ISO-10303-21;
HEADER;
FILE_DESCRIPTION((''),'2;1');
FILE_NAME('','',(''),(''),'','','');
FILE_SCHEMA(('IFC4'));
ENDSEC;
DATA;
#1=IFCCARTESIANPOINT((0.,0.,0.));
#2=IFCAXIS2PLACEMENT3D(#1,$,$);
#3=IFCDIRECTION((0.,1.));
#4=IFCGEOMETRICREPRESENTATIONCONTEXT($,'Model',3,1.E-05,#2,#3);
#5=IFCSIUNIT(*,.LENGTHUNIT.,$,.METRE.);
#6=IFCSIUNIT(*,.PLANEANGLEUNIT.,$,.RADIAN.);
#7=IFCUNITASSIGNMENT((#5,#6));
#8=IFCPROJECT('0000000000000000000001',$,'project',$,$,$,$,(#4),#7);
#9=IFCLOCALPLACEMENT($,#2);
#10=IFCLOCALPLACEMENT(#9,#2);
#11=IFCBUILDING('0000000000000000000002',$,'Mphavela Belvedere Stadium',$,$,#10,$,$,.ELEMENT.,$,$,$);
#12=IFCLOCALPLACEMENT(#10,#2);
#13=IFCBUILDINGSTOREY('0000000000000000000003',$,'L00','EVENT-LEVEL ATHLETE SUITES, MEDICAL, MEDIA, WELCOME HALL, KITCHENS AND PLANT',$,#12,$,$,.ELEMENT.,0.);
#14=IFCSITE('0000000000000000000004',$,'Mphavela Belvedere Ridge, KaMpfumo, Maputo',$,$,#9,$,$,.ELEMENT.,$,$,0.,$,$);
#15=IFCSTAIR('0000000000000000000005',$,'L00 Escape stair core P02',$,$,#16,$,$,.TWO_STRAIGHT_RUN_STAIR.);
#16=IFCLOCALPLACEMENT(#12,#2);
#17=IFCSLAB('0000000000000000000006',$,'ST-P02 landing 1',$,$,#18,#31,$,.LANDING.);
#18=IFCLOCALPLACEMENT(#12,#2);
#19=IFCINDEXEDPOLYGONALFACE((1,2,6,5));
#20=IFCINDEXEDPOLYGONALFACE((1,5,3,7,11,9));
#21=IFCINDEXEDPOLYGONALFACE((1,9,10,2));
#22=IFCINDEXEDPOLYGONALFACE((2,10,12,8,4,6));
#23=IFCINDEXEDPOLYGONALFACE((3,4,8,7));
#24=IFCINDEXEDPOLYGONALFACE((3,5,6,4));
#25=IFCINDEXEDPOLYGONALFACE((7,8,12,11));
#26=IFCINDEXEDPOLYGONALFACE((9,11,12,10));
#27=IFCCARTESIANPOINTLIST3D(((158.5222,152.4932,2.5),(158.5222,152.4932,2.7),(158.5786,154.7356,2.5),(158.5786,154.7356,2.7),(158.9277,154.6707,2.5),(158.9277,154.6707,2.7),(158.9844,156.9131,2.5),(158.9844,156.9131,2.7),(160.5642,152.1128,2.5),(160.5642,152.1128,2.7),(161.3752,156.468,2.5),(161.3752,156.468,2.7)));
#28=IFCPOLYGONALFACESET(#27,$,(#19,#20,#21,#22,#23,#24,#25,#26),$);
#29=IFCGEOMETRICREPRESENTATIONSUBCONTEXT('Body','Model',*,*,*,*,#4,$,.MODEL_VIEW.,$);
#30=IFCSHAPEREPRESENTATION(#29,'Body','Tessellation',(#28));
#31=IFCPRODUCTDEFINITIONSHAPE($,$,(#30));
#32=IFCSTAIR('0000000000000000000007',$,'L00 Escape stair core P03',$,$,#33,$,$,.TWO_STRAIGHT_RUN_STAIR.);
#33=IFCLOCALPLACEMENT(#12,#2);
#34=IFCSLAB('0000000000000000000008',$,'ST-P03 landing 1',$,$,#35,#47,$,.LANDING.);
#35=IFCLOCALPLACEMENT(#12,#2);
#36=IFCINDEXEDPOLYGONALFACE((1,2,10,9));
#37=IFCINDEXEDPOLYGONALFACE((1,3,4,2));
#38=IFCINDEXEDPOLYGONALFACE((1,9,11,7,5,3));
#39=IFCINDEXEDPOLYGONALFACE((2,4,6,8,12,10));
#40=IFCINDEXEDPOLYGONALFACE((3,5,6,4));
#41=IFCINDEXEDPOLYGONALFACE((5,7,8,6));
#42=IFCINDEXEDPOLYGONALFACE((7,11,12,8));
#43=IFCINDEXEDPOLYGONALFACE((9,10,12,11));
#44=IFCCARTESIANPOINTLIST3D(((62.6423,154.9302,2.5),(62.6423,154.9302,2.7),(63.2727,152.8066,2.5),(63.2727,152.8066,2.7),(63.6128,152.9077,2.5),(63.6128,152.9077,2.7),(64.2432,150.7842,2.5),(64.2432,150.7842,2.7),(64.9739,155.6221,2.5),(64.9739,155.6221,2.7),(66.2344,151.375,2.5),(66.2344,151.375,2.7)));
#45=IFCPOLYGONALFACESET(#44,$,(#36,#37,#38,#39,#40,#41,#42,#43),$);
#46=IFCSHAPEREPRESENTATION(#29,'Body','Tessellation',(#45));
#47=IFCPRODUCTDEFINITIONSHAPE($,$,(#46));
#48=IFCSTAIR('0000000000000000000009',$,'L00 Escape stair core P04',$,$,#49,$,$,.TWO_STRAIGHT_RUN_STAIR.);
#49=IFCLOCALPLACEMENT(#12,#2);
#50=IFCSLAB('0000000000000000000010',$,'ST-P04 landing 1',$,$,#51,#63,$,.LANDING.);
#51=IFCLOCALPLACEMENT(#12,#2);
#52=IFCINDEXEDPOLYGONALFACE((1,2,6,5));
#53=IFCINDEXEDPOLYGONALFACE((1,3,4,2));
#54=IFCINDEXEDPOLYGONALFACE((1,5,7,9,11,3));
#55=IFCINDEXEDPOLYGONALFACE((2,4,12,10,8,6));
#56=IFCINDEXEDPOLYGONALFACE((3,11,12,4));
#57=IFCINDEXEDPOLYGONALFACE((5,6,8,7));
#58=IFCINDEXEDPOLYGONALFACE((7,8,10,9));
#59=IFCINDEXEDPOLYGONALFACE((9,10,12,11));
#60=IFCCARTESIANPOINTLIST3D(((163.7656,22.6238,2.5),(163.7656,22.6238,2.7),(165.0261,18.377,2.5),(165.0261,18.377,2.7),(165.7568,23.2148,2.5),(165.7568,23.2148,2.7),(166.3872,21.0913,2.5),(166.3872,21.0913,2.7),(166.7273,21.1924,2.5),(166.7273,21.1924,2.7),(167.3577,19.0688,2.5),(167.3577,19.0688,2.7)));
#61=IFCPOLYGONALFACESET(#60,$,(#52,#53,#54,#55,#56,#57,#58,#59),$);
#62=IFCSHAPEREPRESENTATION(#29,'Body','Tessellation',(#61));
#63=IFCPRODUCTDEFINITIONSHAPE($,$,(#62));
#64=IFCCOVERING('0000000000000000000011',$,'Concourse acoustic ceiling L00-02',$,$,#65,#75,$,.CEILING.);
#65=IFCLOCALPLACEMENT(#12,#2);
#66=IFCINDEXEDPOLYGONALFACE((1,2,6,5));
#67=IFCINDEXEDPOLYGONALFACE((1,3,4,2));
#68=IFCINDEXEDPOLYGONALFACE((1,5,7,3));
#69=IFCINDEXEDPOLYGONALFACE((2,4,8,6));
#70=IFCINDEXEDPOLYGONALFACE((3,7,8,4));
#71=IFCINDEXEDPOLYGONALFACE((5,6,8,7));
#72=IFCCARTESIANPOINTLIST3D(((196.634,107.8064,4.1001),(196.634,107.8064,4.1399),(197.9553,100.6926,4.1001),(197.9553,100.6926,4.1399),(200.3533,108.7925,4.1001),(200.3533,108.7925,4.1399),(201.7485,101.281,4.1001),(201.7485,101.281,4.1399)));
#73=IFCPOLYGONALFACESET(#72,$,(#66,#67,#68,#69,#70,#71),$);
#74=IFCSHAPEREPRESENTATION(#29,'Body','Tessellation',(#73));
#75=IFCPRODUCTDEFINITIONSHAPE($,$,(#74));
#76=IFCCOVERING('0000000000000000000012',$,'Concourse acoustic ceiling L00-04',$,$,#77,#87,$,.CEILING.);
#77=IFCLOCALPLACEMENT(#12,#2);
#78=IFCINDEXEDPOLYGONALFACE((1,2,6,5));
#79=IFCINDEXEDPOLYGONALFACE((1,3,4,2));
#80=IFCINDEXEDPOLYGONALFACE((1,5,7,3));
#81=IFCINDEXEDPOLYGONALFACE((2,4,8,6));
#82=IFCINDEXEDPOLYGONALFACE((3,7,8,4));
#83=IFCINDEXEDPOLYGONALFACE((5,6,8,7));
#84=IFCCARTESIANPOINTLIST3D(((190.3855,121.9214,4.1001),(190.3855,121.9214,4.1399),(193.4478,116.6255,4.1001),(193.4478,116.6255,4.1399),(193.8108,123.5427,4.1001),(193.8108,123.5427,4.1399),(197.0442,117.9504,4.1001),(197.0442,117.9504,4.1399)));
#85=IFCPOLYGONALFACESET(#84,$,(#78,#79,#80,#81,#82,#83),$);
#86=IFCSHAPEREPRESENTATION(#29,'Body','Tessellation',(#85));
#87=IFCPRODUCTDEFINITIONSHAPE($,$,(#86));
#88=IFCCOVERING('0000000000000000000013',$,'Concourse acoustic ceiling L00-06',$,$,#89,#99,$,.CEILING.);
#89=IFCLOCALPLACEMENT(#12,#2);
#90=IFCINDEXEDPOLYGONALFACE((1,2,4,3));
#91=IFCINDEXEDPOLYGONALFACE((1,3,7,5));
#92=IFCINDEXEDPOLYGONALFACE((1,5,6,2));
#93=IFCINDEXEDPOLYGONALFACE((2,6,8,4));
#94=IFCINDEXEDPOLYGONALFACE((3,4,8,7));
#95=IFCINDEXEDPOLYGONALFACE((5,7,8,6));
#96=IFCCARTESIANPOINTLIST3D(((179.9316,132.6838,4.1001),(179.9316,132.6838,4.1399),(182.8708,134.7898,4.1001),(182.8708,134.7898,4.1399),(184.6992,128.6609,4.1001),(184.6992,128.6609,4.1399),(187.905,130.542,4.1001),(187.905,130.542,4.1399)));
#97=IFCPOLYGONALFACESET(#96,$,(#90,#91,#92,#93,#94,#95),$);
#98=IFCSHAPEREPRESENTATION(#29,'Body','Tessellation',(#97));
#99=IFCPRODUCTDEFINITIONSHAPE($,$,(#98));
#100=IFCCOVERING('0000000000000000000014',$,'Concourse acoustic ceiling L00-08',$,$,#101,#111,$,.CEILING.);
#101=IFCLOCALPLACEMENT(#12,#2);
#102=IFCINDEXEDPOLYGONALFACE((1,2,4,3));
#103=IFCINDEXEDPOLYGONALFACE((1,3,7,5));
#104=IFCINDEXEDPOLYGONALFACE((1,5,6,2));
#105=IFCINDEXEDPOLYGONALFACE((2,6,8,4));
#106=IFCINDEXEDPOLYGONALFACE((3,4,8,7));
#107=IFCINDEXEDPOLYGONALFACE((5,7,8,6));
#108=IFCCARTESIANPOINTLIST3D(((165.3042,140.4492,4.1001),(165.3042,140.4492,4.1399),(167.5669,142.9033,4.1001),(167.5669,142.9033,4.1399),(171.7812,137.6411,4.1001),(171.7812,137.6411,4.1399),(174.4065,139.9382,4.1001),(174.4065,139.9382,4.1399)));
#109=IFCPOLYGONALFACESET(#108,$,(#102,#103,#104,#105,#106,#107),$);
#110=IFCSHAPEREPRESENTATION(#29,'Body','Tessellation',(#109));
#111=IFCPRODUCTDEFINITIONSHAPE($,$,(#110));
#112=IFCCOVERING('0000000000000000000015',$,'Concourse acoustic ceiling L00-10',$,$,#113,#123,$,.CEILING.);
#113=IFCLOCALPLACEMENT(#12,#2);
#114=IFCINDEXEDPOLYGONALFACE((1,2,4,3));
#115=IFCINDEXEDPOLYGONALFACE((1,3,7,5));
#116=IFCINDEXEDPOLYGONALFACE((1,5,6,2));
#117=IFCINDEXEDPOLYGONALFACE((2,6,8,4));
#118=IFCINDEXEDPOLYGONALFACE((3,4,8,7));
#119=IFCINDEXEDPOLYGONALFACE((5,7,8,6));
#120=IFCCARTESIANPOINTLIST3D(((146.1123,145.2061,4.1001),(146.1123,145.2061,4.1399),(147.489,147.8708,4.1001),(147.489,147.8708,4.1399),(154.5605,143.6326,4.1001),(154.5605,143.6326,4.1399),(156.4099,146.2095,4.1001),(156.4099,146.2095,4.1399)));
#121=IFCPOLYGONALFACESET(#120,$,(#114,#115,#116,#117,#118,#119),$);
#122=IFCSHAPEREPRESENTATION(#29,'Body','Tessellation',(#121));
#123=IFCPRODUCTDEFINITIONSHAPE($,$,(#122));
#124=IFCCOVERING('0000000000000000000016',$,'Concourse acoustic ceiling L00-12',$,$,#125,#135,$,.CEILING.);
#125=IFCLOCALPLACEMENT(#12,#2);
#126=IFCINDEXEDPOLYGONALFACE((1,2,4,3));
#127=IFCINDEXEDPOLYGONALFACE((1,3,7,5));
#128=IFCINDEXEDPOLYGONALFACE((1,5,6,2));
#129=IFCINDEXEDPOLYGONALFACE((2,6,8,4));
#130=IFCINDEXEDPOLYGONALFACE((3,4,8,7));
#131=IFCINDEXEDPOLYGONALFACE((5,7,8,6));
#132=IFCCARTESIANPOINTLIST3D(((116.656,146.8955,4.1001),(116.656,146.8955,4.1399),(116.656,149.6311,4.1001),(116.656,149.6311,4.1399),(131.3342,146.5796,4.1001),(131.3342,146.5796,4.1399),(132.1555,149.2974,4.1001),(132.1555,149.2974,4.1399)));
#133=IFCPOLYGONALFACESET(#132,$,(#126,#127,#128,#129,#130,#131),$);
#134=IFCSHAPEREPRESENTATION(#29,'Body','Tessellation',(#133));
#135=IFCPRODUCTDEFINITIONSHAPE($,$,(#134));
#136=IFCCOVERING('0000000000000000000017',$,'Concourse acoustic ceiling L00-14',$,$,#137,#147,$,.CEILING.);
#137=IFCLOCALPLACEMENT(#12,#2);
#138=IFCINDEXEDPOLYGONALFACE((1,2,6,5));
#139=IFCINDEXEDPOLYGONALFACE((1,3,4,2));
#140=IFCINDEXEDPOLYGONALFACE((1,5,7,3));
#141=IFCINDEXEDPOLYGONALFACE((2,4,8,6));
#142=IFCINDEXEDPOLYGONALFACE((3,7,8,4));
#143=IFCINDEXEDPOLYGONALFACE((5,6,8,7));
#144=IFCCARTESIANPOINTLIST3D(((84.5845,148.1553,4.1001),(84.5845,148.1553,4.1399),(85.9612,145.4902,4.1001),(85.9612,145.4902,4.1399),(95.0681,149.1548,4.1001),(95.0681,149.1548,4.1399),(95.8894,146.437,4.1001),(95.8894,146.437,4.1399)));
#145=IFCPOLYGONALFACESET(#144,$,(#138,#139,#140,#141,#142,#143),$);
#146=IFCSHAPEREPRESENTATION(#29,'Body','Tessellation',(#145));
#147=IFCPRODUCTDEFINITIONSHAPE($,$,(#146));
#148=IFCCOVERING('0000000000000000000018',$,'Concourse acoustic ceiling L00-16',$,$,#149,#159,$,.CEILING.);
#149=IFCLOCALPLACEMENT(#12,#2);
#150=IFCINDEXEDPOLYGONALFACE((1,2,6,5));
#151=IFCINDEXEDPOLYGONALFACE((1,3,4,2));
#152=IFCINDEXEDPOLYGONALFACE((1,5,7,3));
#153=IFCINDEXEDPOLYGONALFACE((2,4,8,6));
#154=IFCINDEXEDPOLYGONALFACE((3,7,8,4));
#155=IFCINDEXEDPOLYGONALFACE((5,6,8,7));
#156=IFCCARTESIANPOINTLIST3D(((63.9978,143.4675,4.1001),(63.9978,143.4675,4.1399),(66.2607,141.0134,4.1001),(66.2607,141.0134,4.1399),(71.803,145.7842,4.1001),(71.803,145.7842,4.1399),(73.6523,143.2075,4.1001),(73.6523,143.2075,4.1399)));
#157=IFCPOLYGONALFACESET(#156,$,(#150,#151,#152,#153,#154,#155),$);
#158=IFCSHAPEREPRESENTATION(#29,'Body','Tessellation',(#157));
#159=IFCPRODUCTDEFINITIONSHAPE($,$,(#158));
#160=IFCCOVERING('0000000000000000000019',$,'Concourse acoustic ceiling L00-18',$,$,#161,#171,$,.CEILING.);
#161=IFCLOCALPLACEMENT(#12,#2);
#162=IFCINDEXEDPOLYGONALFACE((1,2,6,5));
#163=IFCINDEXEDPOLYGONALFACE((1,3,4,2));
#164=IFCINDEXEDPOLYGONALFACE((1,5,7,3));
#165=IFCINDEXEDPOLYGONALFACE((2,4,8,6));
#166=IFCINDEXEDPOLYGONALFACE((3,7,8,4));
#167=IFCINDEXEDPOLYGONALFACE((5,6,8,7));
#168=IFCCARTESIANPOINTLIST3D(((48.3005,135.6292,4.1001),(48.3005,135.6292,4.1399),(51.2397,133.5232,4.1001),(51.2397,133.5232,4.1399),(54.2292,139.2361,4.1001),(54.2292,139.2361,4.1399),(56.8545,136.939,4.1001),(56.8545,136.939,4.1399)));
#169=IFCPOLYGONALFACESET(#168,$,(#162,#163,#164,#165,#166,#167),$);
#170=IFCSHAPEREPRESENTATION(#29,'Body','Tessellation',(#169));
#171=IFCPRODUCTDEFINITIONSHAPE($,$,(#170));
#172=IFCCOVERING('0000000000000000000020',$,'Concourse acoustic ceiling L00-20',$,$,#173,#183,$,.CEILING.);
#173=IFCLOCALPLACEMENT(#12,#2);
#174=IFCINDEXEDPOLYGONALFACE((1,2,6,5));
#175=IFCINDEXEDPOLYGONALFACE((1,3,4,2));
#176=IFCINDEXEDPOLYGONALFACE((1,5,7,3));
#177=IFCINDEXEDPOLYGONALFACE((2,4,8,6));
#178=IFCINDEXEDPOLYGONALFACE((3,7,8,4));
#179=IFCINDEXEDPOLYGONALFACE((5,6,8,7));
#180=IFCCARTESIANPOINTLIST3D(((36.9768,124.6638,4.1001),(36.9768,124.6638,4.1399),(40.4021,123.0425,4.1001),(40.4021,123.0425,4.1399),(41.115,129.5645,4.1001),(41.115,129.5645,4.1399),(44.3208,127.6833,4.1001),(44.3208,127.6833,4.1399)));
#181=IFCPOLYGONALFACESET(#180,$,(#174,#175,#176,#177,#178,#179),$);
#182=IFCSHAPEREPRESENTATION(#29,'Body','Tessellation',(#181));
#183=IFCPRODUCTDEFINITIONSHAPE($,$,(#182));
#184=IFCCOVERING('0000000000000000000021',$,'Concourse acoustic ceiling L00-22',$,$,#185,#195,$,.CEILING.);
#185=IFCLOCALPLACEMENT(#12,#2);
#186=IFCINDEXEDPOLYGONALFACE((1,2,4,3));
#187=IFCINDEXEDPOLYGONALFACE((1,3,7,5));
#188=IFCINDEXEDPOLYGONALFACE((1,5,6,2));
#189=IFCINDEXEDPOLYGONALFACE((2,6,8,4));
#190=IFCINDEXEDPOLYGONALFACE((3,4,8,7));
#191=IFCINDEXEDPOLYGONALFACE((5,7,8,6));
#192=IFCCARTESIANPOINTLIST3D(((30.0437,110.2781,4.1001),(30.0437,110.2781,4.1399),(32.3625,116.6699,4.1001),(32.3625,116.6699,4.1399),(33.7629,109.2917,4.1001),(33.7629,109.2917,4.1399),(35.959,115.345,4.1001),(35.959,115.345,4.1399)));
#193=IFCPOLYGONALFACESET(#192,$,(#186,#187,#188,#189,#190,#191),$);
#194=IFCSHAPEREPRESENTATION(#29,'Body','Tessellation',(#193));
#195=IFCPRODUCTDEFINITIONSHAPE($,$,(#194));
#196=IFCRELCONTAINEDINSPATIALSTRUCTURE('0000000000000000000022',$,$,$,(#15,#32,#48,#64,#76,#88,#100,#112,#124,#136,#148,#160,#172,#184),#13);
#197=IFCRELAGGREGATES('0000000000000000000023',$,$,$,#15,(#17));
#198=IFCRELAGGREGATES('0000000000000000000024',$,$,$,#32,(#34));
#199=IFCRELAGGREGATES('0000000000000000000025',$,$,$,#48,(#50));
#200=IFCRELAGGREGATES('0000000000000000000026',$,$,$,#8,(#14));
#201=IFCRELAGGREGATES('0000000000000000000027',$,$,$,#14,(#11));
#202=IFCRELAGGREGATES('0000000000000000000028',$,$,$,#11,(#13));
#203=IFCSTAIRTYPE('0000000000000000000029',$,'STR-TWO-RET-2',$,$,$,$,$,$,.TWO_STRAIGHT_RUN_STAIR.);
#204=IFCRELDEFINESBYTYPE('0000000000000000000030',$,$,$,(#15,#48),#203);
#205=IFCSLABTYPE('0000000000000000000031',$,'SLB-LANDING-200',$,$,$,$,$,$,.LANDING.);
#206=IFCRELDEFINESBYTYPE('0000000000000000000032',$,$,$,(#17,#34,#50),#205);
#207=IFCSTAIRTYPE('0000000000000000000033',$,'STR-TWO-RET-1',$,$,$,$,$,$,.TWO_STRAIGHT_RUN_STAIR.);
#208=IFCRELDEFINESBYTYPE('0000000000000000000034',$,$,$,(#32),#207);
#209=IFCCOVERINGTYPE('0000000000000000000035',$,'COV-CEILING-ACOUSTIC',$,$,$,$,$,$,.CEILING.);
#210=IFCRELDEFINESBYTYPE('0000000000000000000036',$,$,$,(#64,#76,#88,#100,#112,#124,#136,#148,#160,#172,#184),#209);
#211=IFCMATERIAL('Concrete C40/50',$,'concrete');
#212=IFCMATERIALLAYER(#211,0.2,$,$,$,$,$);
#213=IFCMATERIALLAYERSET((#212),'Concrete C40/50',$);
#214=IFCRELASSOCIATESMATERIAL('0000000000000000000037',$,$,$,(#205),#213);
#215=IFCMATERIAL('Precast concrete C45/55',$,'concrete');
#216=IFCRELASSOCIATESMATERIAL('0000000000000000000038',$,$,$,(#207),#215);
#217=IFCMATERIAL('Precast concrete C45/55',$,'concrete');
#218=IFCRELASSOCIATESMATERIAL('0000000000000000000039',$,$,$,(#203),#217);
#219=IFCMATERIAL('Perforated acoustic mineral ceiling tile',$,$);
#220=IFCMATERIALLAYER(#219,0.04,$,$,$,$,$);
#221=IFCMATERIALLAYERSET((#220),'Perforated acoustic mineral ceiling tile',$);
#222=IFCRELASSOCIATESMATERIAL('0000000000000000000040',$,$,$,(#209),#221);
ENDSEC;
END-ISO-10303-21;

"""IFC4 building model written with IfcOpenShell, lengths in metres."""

from ifc_helpers import new_model, si_unit, direction, frame, origin, place, context, subcontext, project, spatial, polyline, outline, extrude, material, layer, layer_set, type_object, element, aggregate, save


model = new_model("IFC4")

# Units and contexts
model_context = context("Model", 3, precision=1e-05, world=origin(), true_north=direction((0.0, 1.0)))
body_context = subcontext(model_context, "Body", "Model", "MODEL_VIEW")
ifc_project = project(units=[si_unit("LENGTHUNIT", "METRE"), si_unit("PLANEANGLEUNIT", "RADIAN")], contexts=[model_context])

# Site, building, storey
site_placement = place(None, origin())
site = spatial("IfcSite", under=ifc_project, at=site_placement, Name="Mphavela Belvedere Ridge, KaMpfumo, Maputo", CompositionType="ELEMENT", RefElevation=0.0)
building_placement = place(site_placement, origin())
building = spatial("IfcBuilding", under=site, at=building_placement, Name="Mphavela Belvedere Stadium", CompositionType="ELEMENT")
storey_placement = place(building_placement, origin())
storey = spatial("IfcBuildingStorey", under=building, at=storey_placement, Name="L00", Description="EVENT-LEVEL ATHLETE SUITES, MEDICAL, MEDIA, WELCOME HALL, KITCHENS AND PLANT", CompositionType="ELEMENT", Elevation=0.0)

# Stairs, slabs
ifc_material_1 = material(Name="Concrete C40/50", Category="concrete")
ifc_layer_1 = layer(ifc_material_1, 0.2)
ifc_layer_set_1 = layer_set([ifc_layer_1], Name="Concrete C40/50")
slab_type = type_object("IfcSlabType", Name="SLB-LANDING-200", PredefinedType="LANDING", material=ifc_layer_set_1)
ifc_material_2 = material(Name="Precast concrete C45/55", Category="concrete")
stair_type_1 = type_object("IfcStairType", Name="STR-TWO-RET-1", PredefinedType="TWO_STRAIGHT_RUN_STAIR", material=ifc_material_2)
ifc_material_3 = material(Name="Precast concrete C45/55", Category="concrete")
stair_type_2 = type_object("IfcStairType", Name="STR-TWO-RET-2", PredefinedType="TWO_STRAIGHT_RUN_STAIR", material=ifc_material_3)
stair_1_placement = place(storey_placement, origin())
stair_1 = element("IfcStair", 1, at=stair_1_placement, inside=storey, type_object=stair_type_2, Name="L00 Escape stair core P02", PredefinedType="TWO_STRAIGHT_RUN_STAIR")
slab_1_placement = place(storey_placement, frame((0.0, 0.0, 2.5)))
slab_1 = element("IfcSlab", 2, at=slab_1_placement, type_object=slab_type, Name="ST-P02 landing 1", PredefinedType="LANDING", context=body_context, shape_type="SweptSolid", body=[
    extrude(outline(polyline([(158.5222, 152.4932), (160.5642, 152.1128), (161.3752, 156.468), (158.9844, 156.9131), (158.5786, 154.7356), (158.9277, 154.6707), (158.5222, 152.4932)])), origin(), (0.0, 0.0, 1.0), 0.2),
])
aggregate(stair_1, [slab_1])
stair_2_placement = place(storey_placement, origin())
stair_2 = element("IfcStair", 3, at=stair_2_placement, inside=storey, type_object=stair_type_1, Name="L00 Escape stair core P03", PredefinedType="TWO_STRAIGHT_RUN_STAIR")
slab_2_placement = place(storey_placement, frame((0.0, 0.0, 2.5)))
slab_2 = element("IfcSlab", 4, at=slab_2_placement, type_object=slab_type, Name="ST-P03 landing 1", PredefinedType="LANDING", context=body_context, shape_type="SweptSolid", body=[
    extrude(outline(polyline([(64.2432, 150.7842), (66.2344, 151.375), (64.9739, 155.6221), (62.6423, 154.9302), (63.2727, 152.8066), (63.6128, 152.9077), (64.2432, 150.7842)])), origin(), (0.0, 0.0, 1.0), 0.2),
])
aggregate(stair_2, [slab_2])
stair_3_placement = place(storey_placement, origin())
stair_3 = element("IfcStair", 5, at=stair_3_placement, inside=storey, type_object=stair_type_2, Name="L00 Escape stair core P04", PredefinedType="TWO_STRAIGHT_RUN_STAIR")
slab_3_placement = place(storey_placement, frame((0.0, 0.0, 2.5)))
slab_3 = element("IfcSlab", 6, at=slab_3_placement, type_object=slab_type, Name="ST-P04 landing 1", PredefinedType="LANDING", context=body_context, shape_type="SweptSolid", body=[
    extrude(outline(polyline([(165.7568, 23.2148), (163.7656, 22.6238), (165.0261, 18.377), (167.3577, 19.0688), (166.7273, 21.1924), (166.3872, 21.0913), (165.7568, 23.2148)])), origin(), (0.0, 0.0, 1.0), 0.2),
])
aggregate(stair_3, [slab_3])

# Coverings
ifc_material_4 = material(Name="Perforated acoustic mineral ceiling tile")
ifc_layer_2 = layer(ifc_material_4, 0.04)
ifc_layer_set_2 = layer_set([ifc_layer_2], Name="Perforated acoustic mineral ceiling tile")
covering_type = type_object("IfcCoveringType", Name="COV-CEILING-ACOUSTIC", PredefinedType="CEILING", material=ifc_layer_set_2)
covering_1_placement = place(storey_placement, frame((0.0, 0.0, 4.1001)))
element("IfcCovering", 7, at=covering_1_placement, inside=storey, type_object=covering_type, Name="Concourse acoustic ceiling L00-02", PredefinedType="CEILING", context=body_context, shape_type="SweptSolid", body=[
    extrude(outline(polyline([(197.9553, 100.6926), (196.634, 107.8064), (200.3533, 108.7925), (201.7485, 101.281), (197.9553, 100.6926)])), origin(), (0.0, 0.0, 1.0), 0.0398),
])
covering_2_placement = place(storey_placement, frame((0.0, 0.0, 4.1001)))
element("IfcCovering", 8, at=covering_2_placement, inside=storey, type_object=covering_type, Name="Concourse acoustic ceiling L00-04", PredefinedType="CEILING", context=body_context, shape_type="SweptSolid", body=[
    extrude(outline(polyline([(193.4478, 116.6255), (190.3855, 121.9214), (193.8108, 123.5427), (197.0442, 117.9504), (193.4478, 116.6255)])), origin(), (0.0, 0.0, 1.0), 0.0398),
])
covering_3_placement = place(storey_placement, frame((0.0, 0.0, 4.1001)))
element("IfcCovering", 9, at=covering_3_placement, inside=storey, type_object=covering_type, Name="Concourse acoustic ceiling L00-06", PredefinedType="CEILING", context=body_context, shape_type="SweptSolid", body=[
    extrude(outline(polyline([(184.6992, 128.6609), (179.9316, 132.6838), (182.8708, 134.7898), (187.905, 130.542), (184.6992, 128.6609)])), origin(), (0.0, 0.0, 1.0), 0.0398),
])
covering_4_placement = place(storey_placement, frame((0.0, 0.0, 4.1001)))
element("IfcCovering", 10, at=covering_4_placement, inside=storey, type_object=covering_type, Name="Concourse acoustic ceiling L00-08", PredefinedType="CEILING", context=body_context, shape_type="SweptSolid", body=[
    extrude(outline(polyline([(171.7812, 137.6411), (165.3042, 140.4492), (167.5669, 142.9033), (174.4065, 139.9382), (171.7812, 137.6411)])), origin(), (0.0, 0.0, 1.0), 0.0398),
])
covering_5_placement = place(storey_placement, frame((0.0, 0.0, 4.1001)))
element("IfcCovering", 11, at=covering_5_placement, inside=storey, type_object=covering_type, Name="Concourse acoustic ceiling L00-10", PredefinedType="CEILING", context=body_context, shape_type="SweptSolid", body=[
    extrude(outline(polyline([(154.5605, 143.6326), (146.1123, 145.2061), (147.489, 147.8708), (156.4099, 146.2095), (154.5605, 143.6326)])), origin(), (0.0, 0.0, 1.0), 0.0398),
])
covering_6_placement = place(storey_placement, frame((0.0, 0.0, 4.1001)))
element("IfcCovering", 12, at=covering_6_placement, inside=storey, type_object=covering_type, Name="Concourse acoustic ceiling L00-12", PredefinedType="CEILING", context=body_context, shape_type="SweptSolid", body=[
    extrude(outline(polyline([(131.3342, 146.5796), (116.656, 146.8955), (116.656, 149.6311), (132.1555, 149.2974), (131.3342, 146.5796)])), origin(), (0.0, 0.0, 1.0), 0.0398),
])
covering_7_placement = place(storey_placement, frame((0.0, 0.0, 4.1001)))
element("IfcCovering", 13, at=covering_7_placement, inside=storey, type_object=covering_type, Name="Concourse acoustic ceiling L00-14", PredefinedType="CEILING", context=body_context, shape_type="SweptSolid", body=[
    extrude(outline(polyline([(95.8894, 146.437), (85.9612, 145.4902), (84.5845, 148.1553), (95.0681, 149.1548), (95.8894, 146.437)])), origin(), (0.0, 0.0, 1.0), 0.0398),
])
covering_8_placement = place(storey_placement, frame((0.0, 0.0, 4.1001)))
element("IfcCovering", 14, at=covering_8_placement, inside=storey, type_object=covering_type, Name="Concourse acoustic ceiling L00-16", PredefinedType="CEILING", context=body_context, shape_type="SweptSolid", body=[
    extrude(outline(polyline([(73.6523, 143.2075), (66.2607, 141.0134), (63.9978, 143.4675), (71.803, 145.7842), (73.6523, 143.2075)])), origin(), (0.0, 0.0, 1.0), 0.0398),
])
covering_9_placement = place(storey_placement, frame((0.0, 0.0, 4.1001)))
element("IfcCovering", 15, at=covering_9_placement, inside=storey, type_object=covering_type, Name="Concourse acoustic ceiling L00-18", PredefinedType="CEILING", context=body_context, shape_type="SweptSolid", body=[
    extrude(outline(polyline([(56.8545, 136.939), (51.2397, 133.5232), (48.3005, 135.6292), (54.2292, 139.2361), (56.8545, 136.939)])), origin(), (0.0, 0.0, 1.0), 0.0398),
])
covering_10_placement = place(storey_placement, frame((0.0, 0.0, 4.1001)))
element("IfcCovering", 16, at=covering_10_placement, inside=storey, type_object=covering_type, Name="Concourse acoustic ceiling L00-20", PredefinedType="CEILING", context=body_context, shape_type="SweptSolid", body=[
    extrude(outline(polyline([(44.3208, 127.6833), (40.4021, 123.0425), (36.9768, 124.6638), (41.115, 129.5645), (44.3208, 127.6833)])), origin(), (0.0, 0.0, 1.0), 0.0398),
])
covering_11_placement = place(storey_placement, frame((0.0, 0.0, 4.1001)))
element("IfcCovering", 17, at=covering_11_placement, inside=storey, type_object=covering_type, Name="Concourse acoustic ceiling L00-22", PredefinedType="CEILING", context=body_context, shape_type="SweptSolid", body=[
    extrude(outline(polyline([(35.959, 115.345), (33.7629, 109.2917), (30.0437, 110.2781), (32.3625, 116.6699), (35.959, 115.345)])), origin(), (0.0, 0.0, 1.0), 0.0398),
])

save(model, "model.ifc")
